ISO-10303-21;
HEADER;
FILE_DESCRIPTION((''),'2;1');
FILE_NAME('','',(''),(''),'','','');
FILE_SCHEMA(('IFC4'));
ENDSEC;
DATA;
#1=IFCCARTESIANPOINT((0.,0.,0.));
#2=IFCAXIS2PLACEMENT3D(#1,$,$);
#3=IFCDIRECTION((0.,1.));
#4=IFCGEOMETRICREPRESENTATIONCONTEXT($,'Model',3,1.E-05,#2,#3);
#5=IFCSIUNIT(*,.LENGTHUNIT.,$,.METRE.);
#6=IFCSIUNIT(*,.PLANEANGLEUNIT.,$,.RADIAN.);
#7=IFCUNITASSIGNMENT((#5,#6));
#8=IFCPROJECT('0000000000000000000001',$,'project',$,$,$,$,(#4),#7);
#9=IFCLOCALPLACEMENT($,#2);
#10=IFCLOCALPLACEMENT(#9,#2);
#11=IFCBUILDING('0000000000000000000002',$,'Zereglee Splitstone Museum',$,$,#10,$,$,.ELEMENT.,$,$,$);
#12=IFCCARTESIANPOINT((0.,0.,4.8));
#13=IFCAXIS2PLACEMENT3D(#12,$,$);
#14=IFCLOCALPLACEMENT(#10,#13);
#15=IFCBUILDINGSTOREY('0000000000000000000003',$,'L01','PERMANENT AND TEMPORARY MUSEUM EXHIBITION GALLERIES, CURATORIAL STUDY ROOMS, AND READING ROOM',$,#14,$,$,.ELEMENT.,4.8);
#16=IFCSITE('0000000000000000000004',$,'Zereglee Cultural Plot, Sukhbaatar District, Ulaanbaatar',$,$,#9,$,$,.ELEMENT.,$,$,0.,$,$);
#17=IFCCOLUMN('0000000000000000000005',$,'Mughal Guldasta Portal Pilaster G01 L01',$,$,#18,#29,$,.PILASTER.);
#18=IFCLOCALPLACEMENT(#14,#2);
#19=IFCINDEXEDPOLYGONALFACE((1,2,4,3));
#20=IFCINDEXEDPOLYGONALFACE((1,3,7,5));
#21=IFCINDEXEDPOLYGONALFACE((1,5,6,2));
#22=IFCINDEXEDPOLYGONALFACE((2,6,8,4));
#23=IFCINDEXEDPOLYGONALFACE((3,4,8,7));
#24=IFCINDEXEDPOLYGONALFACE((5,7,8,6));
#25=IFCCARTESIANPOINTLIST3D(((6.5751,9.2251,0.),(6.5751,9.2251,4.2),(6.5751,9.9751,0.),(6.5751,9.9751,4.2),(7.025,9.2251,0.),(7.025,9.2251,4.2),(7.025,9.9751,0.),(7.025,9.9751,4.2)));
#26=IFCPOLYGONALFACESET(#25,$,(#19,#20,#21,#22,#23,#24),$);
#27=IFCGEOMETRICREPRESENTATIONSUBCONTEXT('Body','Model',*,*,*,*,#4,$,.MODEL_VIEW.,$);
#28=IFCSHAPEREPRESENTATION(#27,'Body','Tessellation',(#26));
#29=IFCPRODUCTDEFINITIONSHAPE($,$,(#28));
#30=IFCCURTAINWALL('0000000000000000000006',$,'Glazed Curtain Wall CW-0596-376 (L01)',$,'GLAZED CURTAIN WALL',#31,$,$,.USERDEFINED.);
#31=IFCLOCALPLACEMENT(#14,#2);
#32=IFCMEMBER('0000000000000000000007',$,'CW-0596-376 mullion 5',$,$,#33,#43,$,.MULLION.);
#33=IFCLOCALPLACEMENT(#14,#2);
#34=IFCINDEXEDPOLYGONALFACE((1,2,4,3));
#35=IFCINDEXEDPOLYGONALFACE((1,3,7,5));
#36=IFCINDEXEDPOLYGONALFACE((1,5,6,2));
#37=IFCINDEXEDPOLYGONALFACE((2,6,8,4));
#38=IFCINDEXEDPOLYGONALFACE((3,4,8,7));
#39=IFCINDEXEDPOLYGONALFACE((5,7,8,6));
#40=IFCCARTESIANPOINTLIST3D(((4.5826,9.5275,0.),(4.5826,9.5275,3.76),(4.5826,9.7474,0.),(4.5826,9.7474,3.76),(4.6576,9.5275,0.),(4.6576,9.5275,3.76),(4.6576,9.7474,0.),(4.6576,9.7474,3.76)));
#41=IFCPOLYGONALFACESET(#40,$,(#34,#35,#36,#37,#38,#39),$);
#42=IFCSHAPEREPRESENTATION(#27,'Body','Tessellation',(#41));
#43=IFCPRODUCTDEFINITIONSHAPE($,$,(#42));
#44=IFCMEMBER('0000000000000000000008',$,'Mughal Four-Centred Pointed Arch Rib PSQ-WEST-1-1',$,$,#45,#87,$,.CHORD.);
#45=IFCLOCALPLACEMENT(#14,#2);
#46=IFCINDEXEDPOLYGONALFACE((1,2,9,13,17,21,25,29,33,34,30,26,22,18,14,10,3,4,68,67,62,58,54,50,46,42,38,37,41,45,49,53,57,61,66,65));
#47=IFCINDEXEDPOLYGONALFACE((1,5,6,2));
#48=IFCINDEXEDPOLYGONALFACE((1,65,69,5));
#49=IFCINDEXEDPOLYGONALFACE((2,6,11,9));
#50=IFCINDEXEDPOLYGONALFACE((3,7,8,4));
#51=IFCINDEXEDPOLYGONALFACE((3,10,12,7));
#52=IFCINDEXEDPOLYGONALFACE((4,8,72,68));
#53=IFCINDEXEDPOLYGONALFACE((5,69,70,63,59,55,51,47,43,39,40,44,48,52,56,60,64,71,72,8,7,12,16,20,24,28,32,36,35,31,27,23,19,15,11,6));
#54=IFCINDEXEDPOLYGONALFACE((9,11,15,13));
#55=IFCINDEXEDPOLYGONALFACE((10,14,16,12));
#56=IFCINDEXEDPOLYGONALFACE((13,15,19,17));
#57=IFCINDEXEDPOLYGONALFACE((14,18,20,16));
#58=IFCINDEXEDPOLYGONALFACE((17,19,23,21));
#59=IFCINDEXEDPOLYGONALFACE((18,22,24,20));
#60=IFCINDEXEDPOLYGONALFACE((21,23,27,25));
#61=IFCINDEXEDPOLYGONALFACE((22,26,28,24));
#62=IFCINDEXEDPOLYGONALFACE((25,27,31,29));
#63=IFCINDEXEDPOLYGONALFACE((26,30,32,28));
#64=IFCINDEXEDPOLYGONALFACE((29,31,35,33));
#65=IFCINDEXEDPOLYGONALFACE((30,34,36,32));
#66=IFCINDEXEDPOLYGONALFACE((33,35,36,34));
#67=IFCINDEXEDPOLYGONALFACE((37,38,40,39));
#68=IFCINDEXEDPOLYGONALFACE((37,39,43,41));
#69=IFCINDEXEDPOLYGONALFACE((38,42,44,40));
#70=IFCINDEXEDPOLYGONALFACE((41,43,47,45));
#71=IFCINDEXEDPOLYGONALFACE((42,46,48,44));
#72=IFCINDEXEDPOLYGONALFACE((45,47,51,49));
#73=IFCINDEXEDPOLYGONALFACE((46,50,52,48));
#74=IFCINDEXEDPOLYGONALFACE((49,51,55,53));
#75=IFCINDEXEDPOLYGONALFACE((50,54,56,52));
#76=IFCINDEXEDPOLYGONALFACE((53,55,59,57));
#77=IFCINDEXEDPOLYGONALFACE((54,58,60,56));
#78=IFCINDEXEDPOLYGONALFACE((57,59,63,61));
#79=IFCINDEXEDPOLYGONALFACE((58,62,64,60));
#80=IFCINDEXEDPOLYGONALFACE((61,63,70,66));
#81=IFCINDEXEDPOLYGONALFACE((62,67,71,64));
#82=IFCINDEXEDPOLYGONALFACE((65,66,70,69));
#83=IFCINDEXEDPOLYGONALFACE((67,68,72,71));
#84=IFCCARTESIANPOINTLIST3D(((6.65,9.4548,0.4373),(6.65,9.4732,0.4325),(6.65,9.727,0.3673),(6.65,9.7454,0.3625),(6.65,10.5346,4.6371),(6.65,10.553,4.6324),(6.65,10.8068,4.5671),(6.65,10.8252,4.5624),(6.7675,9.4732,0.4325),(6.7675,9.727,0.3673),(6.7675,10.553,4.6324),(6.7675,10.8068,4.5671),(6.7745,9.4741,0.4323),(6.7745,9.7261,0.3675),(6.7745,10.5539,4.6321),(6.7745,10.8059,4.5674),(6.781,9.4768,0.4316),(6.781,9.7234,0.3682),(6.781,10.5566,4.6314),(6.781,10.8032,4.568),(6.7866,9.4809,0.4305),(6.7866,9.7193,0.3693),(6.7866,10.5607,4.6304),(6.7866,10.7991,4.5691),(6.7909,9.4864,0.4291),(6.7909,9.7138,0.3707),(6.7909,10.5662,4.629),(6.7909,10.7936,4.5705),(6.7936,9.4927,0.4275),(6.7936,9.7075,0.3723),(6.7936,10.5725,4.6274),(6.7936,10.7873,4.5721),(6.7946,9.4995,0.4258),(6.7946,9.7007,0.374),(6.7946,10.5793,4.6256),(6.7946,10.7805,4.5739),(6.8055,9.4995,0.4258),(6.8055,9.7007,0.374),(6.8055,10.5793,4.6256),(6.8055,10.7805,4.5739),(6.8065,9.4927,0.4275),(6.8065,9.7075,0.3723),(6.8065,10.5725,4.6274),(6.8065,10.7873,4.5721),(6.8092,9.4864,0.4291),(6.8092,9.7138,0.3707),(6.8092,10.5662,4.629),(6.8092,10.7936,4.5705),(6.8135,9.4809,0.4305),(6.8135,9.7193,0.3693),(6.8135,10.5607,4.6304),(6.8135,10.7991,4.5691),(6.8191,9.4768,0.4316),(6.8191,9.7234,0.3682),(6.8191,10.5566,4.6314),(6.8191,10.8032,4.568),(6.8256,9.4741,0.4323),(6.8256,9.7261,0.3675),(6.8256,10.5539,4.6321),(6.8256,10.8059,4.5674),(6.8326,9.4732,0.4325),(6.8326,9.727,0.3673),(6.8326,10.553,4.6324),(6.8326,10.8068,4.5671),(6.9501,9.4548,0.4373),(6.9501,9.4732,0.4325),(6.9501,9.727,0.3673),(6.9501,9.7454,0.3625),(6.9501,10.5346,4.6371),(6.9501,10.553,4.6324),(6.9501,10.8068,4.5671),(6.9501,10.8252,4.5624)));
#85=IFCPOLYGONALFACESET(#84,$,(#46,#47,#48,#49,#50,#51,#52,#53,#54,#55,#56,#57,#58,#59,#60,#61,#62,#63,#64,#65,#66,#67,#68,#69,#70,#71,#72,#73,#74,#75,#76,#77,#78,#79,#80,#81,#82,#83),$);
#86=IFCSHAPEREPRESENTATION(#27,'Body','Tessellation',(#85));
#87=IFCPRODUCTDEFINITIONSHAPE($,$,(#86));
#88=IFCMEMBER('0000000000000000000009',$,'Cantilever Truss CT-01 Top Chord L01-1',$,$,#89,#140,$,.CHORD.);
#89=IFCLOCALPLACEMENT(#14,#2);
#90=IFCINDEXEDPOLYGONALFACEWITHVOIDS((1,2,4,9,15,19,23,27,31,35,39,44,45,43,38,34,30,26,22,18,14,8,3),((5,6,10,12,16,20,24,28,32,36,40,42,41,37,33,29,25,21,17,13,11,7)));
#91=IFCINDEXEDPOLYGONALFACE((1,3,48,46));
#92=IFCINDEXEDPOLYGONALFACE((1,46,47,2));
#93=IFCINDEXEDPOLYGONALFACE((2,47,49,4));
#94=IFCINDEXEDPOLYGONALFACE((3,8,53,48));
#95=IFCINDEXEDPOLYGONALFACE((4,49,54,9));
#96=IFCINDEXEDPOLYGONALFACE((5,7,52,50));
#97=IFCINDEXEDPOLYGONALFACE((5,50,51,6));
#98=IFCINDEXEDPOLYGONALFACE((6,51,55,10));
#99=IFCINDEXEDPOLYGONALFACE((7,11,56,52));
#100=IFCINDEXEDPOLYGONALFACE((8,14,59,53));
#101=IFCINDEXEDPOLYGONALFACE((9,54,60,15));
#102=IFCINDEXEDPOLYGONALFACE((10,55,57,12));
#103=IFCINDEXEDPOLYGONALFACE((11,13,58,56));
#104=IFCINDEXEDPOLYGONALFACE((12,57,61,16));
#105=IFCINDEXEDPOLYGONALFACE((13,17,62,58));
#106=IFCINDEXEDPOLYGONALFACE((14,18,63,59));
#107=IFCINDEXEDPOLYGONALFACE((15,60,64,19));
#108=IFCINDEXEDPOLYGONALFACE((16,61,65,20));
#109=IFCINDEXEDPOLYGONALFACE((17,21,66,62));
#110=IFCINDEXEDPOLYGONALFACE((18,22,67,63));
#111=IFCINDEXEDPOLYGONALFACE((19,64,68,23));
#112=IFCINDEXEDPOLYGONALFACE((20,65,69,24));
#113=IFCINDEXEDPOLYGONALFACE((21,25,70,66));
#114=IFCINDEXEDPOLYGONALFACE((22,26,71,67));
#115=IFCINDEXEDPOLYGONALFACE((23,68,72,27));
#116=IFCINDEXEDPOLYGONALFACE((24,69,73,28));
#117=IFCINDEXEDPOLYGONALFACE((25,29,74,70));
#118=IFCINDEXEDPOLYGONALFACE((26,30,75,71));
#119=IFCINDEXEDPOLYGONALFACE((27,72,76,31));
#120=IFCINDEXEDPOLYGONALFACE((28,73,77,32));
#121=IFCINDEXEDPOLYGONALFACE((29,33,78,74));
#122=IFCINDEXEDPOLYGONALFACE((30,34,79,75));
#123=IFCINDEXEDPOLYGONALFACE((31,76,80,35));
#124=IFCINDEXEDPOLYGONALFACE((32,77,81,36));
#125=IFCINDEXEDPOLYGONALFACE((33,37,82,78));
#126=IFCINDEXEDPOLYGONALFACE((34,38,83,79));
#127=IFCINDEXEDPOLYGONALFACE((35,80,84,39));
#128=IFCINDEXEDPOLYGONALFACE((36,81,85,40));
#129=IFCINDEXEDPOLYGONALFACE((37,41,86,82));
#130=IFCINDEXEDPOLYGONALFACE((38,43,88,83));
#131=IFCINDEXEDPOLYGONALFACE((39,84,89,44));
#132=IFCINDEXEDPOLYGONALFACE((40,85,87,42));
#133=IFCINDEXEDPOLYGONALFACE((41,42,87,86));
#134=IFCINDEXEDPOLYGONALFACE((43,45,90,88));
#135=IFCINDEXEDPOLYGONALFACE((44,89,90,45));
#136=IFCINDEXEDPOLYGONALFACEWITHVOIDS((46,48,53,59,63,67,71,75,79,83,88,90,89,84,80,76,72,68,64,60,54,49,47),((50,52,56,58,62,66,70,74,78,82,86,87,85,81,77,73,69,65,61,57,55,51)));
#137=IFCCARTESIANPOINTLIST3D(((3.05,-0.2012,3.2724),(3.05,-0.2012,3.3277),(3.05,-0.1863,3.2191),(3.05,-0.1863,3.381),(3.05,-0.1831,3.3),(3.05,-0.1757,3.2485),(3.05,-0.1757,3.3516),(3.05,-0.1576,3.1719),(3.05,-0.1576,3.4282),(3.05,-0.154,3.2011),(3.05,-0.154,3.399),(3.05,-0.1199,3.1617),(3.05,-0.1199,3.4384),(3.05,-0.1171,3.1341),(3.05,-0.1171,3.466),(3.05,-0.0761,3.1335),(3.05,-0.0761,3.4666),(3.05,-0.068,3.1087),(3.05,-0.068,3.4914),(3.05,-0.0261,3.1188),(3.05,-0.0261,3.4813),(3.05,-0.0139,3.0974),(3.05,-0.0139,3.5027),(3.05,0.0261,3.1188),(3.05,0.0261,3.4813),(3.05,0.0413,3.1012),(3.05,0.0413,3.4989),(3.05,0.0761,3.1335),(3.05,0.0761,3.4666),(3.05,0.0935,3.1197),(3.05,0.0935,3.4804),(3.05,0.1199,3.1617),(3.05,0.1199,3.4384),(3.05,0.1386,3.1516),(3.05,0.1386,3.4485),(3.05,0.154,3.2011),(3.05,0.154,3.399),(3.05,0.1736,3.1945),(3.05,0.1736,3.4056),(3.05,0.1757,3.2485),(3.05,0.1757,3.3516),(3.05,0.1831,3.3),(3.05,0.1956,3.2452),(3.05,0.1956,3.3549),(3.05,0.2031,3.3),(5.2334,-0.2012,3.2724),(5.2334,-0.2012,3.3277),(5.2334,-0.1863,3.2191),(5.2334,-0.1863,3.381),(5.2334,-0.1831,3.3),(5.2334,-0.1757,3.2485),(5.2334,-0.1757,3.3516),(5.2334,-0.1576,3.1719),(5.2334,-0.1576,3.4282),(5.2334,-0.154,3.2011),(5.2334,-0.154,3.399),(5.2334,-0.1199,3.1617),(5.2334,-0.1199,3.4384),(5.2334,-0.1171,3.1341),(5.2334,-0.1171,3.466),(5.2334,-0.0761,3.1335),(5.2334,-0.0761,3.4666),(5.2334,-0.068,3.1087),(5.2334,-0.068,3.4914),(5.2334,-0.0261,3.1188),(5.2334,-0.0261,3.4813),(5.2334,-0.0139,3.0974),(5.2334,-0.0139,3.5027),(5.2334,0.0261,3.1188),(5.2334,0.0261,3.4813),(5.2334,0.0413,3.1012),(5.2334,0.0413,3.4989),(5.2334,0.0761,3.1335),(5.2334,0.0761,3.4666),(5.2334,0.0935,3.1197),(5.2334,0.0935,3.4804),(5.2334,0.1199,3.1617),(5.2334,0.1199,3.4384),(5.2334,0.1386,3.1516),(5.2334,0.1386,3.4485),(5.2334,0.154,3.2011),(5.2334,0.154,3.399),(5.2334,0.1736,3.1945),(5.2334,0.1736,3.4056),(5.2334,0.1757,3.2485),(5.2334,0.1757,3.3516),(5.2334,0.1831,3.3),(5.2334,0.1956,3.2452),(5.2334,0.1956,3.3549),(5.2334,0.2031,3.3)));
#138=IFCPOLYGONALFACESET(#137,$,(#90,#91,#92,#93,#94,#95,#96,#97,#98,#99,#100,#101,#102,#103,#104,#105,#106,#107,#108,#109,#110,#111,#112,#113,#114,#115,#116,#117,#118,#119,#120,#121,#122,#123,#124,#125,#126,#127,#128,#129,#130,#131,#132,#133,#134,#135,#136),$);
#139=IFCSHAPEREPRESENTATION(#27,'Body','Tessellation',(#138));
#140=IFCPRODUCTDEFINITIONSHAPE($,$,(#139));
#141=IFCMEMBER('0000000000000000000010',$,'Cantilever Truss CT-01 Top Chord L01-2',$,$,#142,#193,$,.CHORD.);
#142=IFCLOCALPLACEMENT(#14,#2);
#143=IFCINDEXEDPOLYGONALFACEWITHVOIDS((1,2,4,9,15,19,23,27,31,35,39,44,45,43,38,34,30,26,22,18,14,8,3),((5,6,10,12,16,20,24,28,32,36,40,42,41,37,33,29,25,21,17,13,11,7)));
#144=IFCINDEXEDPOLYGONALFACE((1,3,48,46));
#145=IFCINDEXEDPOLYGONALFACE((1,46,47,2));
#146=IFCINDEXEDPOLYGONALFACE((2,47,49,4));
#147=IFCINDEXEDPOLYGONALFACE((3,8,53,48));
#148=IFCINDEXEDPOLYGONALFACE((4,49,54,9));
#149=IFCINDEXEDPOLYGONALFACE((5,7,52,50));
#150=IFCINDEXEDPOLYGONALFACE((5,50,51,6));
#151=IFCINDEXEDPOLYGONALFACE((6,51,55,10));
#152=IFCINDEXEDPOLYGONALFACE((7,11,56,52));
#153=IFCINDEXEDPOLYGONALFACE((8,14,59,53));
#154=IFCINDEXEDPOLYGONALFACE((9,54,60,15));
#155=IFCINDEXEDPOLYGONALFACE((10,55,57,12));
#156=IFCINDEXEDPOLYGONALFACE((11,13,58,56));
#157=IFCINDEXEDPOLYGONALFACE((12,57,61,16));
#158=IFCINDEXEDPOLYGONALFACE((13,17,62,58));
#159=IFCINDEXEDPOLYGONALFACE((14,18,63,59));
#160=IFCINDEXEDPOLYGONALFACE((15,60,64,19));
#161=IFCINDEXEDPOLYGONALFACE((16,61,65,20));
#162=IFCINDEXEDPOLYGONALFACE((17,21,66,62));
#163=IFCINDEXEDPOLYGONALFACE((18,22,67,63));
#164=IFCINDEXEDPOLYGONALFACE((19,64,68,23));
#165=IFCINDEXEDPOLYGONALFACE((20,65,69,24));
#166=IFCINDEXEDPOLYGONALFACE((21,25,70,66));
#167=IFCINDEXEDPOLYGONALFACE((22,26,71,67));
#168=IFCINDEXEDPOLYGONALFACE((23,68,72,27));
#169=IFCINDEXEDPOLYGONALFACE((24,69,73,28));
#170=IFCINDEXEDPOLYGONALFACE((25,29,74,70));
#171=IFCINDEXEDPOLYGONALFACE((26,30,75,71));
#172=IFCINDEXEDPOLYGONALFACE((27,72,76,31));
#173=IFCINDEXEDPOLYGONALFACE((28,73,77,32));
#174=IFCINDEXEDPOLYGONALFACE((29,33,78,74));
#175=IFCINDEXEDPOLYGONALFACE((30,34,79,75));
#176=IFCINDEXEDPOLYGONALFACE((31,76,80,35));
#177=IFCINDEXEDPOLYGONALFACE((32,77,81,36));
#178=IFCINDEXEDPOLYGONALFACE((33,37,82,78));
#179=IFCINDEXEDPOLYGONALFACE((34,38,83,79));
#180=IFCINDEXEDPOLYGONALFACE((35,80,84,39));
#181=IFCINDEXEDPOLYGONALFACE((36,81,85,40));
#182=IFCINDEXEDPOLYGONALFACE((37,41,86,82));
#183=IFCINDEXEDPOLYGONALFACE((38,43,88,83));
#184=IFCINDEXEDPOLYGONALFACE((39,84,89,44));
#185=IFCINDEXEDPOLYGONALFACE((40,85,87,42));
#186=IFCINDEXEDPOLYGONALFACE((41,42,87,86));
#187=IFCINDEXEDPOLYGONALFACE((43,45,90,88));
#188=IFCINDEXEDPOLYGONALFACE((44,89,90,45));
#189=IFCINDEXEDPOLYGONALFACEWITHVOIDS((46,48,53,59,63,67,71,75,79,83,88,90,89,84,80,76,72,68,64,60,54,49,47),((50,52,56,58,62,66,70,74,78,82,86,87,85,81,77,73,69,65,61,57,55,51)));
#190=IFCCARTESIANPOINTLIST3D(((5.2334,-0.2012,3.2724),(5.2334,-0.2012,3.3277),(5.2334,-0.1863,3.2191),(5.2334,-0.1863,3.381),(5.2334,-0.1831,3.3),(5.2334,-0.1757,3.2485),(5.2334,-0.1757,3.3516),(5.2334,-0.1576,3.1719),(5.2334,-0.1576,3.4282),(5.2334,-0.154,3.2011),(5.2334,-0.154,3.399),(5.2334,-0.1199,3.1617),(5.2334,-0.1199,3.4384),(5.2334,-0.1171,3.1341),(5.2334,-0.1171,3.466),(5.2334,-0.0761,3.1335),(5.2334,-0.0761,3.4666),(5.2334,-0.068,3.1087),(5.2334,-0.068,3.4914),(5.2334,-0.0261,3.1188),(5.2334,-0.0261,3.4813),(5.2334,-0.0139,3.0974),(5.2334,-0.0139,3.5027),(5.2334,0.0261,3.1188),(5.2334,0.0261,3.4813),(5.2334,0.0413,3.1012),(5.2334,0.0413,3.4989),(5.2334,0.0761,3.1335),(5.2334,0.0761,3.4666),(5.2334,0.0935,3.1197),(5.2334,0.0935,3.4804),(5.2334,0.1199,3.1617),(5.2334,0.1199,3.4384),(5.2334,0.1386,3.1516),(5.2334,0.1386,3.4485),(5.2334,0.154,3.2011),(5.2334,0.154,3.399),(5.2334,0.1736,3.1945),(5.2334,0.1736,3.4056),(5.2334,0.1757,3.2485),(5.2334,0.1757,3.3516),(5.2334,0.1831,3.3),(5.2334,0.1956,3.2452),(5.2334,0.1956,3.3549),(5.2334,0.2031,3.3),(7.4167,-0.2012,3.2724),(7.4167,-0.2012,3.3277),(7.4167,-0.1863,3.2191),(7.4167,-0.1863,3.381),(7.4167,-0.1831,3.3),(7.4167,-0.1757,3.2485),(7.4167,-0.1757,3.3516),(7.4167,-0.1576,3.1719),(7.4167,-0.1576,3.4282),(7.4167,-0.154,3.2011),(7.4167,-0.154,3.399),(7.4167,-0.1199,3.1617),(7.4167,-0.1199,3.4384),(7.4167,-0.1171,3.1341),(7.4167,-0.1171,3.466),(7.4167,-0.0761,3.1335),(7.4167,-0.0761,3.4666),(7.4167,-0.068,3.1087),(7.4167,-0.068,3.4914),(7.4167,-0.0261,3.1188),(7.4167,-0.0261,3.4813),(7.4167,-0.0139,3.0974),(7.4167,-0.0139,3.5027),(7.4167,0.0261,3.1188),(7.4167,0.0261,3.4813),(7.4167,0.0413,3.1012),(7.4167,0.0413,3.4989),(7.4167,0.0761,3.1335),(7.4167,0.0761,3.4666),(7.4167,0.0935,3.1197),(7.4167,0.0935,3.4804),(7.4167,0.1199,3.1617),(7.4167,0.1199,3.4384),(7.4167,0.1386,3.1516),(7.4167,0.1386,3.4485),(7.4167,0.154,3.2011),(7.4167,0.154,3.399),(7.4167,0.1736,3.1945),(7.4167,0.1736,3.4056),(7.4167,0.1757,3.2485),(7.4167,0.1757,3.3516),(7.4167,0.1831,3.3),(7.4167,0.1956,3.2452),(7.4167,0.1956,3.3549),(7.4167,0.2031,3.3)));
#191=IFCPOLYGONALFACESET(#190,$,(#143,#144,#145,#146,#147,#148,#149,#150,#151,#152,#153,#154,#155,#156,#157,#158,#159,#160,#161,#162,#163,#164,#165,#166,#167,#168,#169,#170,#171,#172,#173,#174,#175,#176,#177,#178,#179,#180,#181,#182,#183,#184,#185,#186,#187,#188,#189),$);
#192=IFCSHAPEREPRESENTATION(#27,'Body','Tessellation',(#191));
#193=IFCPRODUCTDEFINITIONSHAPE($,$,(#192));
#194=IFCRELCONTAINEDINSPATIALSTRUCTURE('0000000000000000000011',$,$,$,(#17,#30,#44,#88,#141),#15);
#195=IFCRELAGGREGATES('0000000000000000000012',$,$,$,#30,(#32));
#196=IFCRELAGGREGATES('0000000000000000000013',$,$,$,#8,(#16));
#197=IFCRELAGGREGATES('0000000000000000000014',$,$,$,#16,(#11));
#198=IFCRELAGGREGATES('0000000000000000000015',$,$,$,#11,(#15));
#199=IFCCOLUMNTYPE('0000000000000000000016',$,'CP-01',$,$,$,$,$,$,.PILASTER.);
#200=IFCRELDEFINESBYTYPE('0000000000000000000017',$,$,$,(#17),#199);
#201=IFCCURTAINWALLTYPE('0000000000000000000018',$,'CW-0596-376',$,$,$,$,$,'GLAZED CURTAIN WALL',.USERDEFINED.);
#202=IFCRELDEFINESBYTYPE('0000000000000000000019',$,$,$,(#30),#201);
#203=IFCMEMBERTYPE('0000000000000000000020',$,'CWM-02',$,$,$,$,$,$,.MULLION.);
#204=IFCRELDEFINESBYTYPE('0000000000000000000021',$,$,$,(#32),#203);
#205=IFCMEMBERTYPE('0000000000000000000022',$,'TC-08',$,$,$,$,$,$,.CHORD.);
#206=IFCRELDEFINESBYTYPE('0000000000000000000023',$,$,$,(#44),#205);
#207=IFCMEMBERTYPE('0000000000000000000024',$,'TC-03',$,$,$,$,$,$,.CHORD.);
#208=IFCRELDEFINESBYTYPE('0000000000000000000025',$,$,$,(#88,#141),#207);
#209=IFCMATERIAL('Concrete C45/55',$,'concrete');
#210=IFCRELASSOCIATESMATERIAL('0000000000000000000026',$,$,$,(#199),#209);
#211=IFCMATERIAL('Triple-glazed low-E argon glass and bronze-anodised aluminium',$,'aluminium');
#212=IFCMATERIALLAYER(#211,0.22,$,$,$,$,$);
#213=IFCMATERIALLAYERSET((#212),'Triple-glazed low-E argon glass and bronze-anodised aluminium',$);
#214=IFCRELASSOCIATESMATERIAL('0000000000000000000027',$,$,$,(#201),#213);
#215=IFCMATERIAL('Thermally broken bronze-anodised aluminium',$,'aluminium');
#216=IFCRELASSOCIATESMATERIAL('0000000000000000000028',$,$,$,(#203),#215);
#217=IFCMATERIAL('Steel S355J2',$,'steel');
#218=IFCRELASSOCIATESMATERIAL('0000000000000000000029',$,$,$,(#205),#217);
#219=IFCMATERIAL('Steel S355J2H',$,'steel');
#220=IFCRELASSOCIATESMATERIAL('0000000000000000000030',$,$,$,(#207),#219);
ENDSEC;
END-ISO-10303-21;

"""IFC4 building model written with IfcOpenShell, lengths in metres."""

from ifc_helpers import new_model, si_unit, direction, frame, origin, origin_2d, place, context, subcontext, project, spatial, rectangle, hollow_circle, i_section, extrude, material, layer, layer_set, material_profile, profile_set, type_object, element, aggregate, save


model = new_model("IFC4")

# Units and contexts
model_context = context("Model", 3, precision=1e-05, world=origin(), true_north=direction((0.0, 1.0)))
body_context = subcontext(model_context, "Body", "Model", "MODEL_VIEW")
ifc_project = project(units=[si_unit("LENGTHUNIT", "METRE"), si_unit("PLANEANGLEUNIT", "RADIAN")], contexts=[model_context])

# Site, building, storey
site_placement = place(None, origin())
site = spatial("IfcSite", under=ifc_project, at=site_placement, Name="Zereglee Cultural Plot, Sukhbaatar District, Ulaanbaatar", CompositionType="ELEMENT", RefElevation=0.0)
building_placement = place(site_placement, origin())
building = spatial("IfcBuilding", under=site, at=building_placement, Name="Zereglee Splitstone Museum", CompositionType="ELEMENT")
storey_placement = place(building_placement, frame((0.0, 0.0, 4.8)))
storey = spatial("IfcBuildingStorey", under=building, at=storey_placement, Name="L01", Description="PERMANENT AND TEMPORARY MUSEUM EXHIBITION GALLERIES, CURATORIAL STUDY ROOMS, AND READING ROOM", CompositionType="ELEMENT", Elevation=4.8)

# Column
ifc_material_1 = material(Name="Concrete C45/55", Category="concrete")
ifc_material_profile_1 = material_profile(ifc_material_1, rectangle(XDim=0.45, YDim=0.75, at=origin_2d()), Name="RC 450x750")
ifc_profile_set_1 = profile_set([ifc_material_profile_1], Name="Concrete C45/55")
column_type = type_object("IfcColumnType", Name="CP-01", PredefinedType="PILASTER", material=ifc_profile_set_1)
column_placement = place(storey_placement, frame((6.8, 9.6001, 0.0), z_axis=(0.0, 0.0, 1.0), x_axis=(1.0, 0.0, 0.0)))
element("IfcColumn", 1, at=column_placement, inside=storey, type_object=column_type, Name="Mughal Guldasta Portal Pilaster G01 L01", PredefinedType="PILASTER", context=body_context, shape_type="SweptSolid", body=[
    extrude(rectangle(XDim=0.45, YDim=0.75, at=origin_2d()), origin(), (0.0, 0.0, 1.0), 4.2),
])

# Curtain wall, member
ifc_material_2 = material(Name="Triple-glazed low-E argon glass and bronze-anodised aluminium", Category="aluminium")
ifc_layer_1 = layer(ifc_material_2, 0.22)
ifc_layer_set_1 = layer_set([ifc_layer_1], Name="Triple-glazed low-E argon glass and bronze-anodised aluminium")
curtain_wall_type = type_object("IfcCurtainWallType", Name="CW-0596-376", ElementType="GLAZED CURTAIN WALL", PredefinedType="USERDEFINED", material=ifc_layer_set_1)
curtain_wall_placement = place(storey_placement, origin())
curtain_wall = element("IfcCurtainWall", 2, at=curtain_wall_placement, inside=storey, type_object=curtain_wall_type, Name="Glazed Curtain Wall CW-0596-376 (L01)", ObjectType="GLAZED CURTAIN WALL", PredefinedType="USERDEFINED")
ifc_material_3 = material(Name="Thermally broken bronze-anodised aluminium", Category="aluminium")
ifc_material_profile_2 = material_profile(ifc_material_3, rectangle(XDim=0.075, YDim=0.22, at=origin_2d()), Name="CW MULL 75x220")
ifc_profile_set_2 = profile_set([ifc_material_profile_2], Name="Thermally broken bronze-anodised aluminium")
member_type_1 = type_object("IfcMemberType", Name="CWM-02", PredefinedType="MULLION", material=ifc_profile_set_2)
member_1_placement = place(storey_placement, frame((4.6201, 9.6375, 0.0), z_axis=(0.0, 0.0, 1.0), x_axis=(1.0, 0.0, 0.0)))
member_1 = element("IfcMember", 3, at=member_1_placement, type_object=member_type_1, Name="CW-0596-376 mullion 5", PredefinedType="MULLION", context=body_context, shape_type="SweptSolid", body=[
    extrude(rectangle(XDim=0.075, YDim=0.22, at=origin_2d()), origin(), (0.0, 0.0, 1.0), 3.76),
])
aggregate(curtain_wall, [member_1])

# Members
ifc_material_4 = material(Name="Steel S355J2", Category="steel")
ifc_material_profile_3 = material_profile(ifc_material_4, i_section(OverallWidth=0.3, OverallDepth=0.3, WebThickness=0.011, FlangeThickness=0.019, FilletRadius=0.0271, at=origin_2d()), Name="HE 300 B")
ifc_profile_set_3 = profile_set([ifc_material_profile_3], Name="Steel S355J2")
member_type_2 = type_object("IfcMemberType", Name="TC-08", PredefinedType="CHORD", material=ifc_profile_set_3)
member_2_placement = place(storey_placement, frame((6.8, 9.6001, 0.3999), z_axis=(0.0, 0.249008, 0.968501), x_axis=(-1.0, 0.0, 0.0)))
element("IfcMember", 4, at=member_2_placement, inside=storey, type_object=member_type_2, Name="Mughal Four-Centred Pointed Arch Rib PSQ-WEST-1-1", PredefinedType="CHORD", context=body_context, shape_type="SweptSolid", body=[
    extrude(i_section(OverallWidth=0.3, OverallDepth=0.3, WebThickness=0.011, FlangeThickness=0.019, FilletRadius=0.0271, at=origin_2d()), origin(), (0.0, 0.0, 1.0), 4.3364),
])
ifc_material_5 = material(Name="Steel S355J2H", Category="steel")
ifc_material_profile_4 = material_profile(ifc_material_5, hollow_circle(Radius=0.2031, WallThickness=0.02, at=origin_2d()), Name="CHS 406.4x20")
ifc_profile_set_4 = profile_set([ifc_material_profile_4], Name="Steel S355J2H")
member_type_3 = type_object("IfcMemberType", Name="TC-03", PredefinedType="CHORD", material=ifc_profile_set_4)
for number, where, z_axis, x_axis, name in (
    (5, (3.05, 0.0, 3.3), (1.0, 0.0, 0.0), (0.0, 1.0, 0.0), "Cantilever Truss CT-01 Top Chord L01-1"),
    (6, (5.2334, 0.0, 3.3), (1.0, 0.0, 0.0), (0.0, 1.0, 0.0), "Cantilever Truss CT-01 Top Chord L01-2"),
):
    element("IfcMember", number, at=place(storey_placement, frame(where, z_axis=z_axis, x_axis=x_axis)), inside=storey, type_object=member_type_3, Name=name, PredefinedType="CHORD", context=body_context, shape_type="SweptSolid", body=[
        extrude(hollow_circle(Radius=0.2031, WallThickness=0.02, at=origin_2d()), origin(), (0.0, 0.0, 1.0), 2.1833),
    ])

save(model, "model.ifc")
